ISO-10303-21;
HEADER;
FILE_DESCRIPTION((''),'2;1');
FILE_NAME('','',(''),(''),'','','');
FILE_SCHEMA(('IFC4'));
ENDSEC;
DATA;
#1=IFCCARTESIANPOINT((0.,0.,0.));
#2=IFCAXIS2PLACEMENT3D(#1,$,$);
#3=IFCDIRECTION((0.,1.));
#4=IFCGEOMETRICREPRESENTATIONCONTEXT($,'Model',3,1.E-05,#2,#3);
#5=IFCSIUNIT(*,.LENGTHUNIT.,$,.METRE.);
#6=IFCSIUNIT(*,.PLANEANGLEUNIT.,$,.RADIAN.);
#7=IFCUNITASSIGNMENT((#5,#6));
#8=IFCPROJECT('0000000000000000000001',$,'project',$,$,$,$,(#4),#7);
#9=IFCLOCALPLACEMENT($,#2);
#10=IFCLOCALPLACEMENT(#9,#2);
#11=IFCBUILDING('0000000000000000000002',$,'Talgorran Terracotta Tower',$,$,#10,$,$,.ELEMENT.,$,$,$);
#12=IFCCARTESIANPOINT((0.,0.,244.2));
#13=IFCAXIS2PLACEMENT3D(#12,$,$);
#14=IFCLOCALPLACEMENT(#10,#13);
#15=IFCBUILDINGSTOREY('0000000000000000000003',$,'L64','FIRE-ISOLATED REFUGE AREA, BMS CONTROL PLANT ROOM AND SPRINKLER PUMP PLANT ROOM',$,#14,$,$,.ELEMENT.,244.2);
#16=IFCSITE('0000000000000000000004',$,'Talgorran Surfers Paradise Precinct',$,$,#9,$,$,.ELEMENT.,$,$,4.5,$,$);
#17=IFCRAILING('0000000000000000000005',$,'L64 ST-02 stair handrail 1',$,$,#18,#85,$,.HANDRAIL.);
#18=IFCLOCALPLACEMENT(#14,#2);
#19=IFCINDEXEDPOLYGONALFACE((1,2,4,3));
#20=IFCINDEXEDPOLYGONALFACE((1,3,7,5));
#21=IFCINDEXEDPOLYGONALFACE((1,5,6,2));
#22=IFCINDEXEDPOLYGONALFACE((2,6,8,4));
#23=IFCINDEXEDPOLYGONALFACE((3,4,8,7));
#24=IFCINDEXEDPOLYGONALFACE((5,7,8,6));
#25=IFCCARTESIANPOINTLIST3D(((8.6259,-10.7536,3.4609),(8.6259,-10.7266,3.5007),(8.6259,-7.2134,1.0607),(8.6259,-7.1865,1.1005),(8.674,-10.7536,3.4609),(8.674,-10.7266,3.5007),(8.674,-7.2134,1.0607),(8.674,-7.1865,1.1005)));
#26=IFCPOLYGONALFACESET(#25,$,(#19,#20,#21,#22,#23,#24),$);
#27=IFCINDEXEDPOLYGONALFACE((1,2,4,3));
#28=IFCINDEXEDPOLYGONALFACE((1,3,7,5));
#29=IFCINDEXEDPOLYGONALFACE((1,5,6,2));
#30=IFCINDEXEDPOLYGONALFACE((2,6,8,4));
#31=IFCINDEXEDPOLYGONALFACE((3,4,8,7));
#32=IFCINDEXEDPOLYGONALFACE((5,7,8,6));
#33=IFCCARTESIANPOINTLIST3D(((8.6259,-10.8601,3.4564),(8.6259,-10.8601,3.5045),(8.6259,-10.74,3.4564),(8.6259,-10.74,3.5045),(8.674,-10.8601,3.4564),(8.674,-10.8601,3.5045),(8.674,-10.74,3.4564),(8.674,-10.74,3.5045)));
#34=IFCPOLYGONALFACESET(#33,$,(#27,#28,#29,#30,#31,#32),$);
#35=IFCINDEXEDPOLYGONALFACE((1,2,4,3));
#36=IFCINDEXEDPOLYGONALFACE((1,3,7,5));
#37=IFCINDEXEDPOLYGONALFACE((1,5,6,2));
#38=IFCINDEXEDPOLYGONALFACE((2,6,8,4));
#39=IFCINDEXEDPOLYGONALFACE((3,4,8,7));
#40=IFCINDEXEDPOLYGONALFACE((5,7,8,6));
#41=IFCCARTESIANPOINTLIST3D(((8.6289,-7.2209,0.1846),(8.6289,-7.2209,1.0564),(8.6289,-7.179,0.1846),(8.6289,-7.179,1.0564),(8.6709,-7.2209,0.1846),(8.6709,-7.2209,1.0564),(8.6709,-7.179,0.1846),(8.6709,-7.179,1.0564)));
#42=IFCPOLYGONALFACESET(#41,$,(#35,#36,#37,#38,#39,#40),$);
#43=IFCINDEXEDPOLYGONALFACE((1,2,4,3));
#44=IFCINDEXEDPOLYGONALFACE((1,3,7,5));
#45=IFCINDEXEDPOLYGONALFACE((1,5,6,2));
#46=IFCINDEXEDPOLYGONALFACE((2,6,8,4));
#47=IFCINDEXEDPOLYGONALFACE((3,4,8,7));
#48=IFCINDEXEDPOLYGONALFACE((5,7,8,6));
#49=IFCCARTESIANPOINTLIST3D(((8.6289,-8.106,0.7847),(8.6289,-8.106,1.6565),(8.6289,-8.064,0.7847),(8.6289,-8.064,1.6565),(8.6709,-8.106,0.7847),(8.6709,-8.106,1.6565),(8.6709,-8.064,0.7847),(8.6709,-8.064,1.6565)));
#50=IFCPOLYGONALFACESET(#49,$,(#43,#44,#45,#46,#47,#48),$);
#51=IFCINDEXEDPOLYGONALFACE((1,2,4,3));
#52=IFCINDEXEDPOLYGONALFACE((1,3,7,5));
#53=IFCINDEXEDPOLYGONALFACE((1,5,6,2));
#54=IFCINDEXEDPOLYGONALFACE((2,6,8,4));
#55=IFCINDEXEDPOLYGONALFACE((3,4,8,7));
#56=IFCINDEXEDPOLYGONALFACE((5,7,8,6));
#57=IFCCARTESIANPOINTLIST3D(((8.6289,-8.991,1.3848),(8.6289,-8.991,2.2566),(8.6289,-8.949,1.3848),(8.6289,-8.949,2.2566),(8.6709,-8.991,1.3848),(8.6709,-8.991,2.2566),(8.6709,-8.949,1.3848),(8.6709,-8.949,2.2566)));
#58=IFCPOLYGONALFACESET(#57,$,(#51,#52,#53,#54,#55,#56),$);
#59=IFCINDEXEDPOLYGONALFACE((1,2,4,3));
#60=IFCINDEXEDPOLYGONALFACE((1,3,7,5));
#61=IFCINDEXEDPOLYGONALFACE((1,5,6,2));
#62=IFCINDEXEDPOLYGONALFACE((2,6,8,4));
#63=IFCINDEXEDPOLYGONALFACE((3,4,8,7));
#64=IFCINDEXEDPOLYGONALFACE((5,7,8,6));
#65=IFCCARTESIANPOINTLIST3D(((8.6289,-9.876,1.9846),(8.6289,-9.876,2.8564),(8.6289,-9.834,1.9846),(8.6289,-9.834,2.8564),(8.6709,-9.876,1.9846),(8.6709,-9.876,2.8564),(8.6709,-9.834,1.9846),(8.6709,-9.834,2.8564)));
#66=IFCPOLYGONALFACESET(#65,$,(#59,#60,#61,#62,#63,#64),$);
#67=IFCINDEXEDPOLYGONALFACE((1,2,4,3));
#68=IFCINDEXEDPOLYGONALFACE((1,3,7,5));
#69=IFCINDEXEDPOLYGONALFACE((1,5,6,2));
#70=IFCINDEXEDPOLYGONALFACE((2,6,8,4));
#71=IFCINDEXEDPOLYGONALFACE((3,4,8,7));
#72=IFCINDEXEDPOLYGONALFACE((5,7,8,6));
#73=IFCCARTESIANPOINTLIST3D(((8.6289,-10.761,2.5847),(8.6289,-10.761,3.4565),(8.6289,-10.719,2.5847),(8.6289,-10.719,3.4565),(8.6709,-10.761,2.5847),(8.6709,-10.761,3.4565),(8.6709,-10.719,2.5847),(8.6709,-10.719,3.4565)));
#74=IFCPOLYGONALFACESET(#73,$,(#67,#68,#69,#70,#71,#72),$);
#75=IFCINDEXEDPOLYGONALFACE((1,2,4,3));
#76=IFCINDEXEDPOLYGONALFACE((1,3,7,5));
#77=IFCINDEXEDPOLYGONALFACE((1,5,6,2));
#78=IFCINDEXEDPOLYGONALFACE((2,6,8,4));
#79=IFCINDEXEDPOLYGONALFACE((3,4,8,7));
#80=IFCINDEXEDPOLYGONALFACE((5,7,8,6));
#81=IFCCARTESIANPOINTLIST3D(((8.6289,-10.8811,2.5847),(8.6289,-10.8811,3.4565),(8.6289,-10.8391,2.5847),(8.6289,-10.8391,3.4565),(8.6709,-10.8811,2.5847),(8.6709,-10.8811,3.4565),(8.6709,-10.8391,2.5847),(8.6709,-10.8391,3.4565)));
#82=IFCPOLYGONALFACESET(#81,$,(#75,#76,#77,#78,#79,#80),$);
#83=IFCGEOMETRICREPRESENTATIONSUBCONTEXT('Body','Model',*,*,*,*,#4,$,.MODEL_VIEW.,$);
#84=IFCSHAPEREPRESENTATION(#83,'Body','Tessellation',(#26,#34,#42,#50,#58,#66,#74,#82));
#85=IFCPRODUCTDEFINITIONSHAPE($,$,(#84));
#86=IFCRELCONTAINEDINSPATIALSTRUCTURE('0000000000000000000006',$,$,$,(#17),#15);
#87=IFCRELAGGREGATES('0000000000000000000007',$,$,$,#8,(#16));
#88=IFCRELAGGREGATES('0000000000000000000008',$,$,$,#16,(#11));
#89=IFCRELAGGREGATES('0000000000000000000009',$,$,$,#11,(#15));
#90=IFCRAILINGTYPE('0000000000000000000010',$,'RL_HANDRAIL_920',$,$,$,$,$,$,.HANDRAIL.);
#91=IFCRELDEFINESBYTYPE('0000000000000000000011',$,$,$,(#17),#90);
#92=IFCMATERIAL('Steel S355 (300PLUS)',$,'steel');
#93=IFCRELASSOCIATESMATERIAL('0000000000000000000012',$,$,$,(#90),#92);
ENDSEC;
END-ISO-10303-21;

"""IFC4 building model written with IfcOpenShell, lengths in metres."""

from ifc_helpers import new_model, si_unit, direction, frame, origin, origin_2d, place, context, subcontext, project, spatial, rectangle, extrude, material, type_object, element, save


model = new_model("IFC4")

# Units and contexts
model_context = context("Model", 3, precision=1e-05, world=origin(), true_north=direction((0.0, 1.0)))
body_context = subcontext(model_context, "Body", "Model", "MODEL_VIEW")
ifc_project = project(units=[si_unit("LENGTHUNIT", "METRE"), si_unit("PLANEANGLEUNIT", "RADIAN")], contexts=[model_context])

# Site, building, storey
site_placement = place(None, origin())
site = spatial("IfcSite", under=ifc_project, at=site_placement, Name="Talgorran Surfers Paradise Precinct", CompositionType="ELEMENT", RefElevation=4.5)
building_placement = place(site_placement, origin())
building = spatial("IfcBuilding", under=site, at=building_placement, Name="Talgorran Terracotta Tower", CompositionType="ELEMENT")
storey_placement = place(building_placement, frame((0.0, 0.0, 244.2)))
storey = spatial("IfcBuildingStorey", under=building, at=storey_placement, Name="L64", Description="FIRE-ISOLATED REFUGE AREA, BMS CONTROL PLANT ROOM AND SPRINKLER PUMP PLANT ROOM", CompositionType="ELEMENT", Elevation=244.2)

# Railing
ifc_material_1 = material(Name="Steel S355 (300PLUS)", Category="steel")
railing_type = type_object("IfcRailingType", Name="RL_HANDRAIL_920", PredefinedType="HANDRAIL", material=ifc_material_1)
railing_placement = place(storey_placement, frame((8.6499, -7.2, 0.1846)))
element("IfcRailing", 1, at=railing_placement, inside=storey, type_object=railing_type, Name="L64 ST-02 stair handrail 1", PredefinedType="HANDRAIL", context=body_context, shape_type="SweptSolid", body=[
    extrude(rectangle(XDim=0.0481, YDim=0.0481, at=origin_2d()), frame((0.0, 0.0, 0.896), z_axis=(0.0, -0.827695, 0.561178), x_axis=(1.0, 0.0, 0.0)), (0.0, 0.0, 1.0), 4.2771),
    extrude(rectangle(XDim=0.0481, YDim=0.0481, at=origin_2d()), frame((0.0, -3.54, 3.2959), z_axis=(0.0, -1.0, 0.0), x_axis=(1.0, 0.0, 0.0)), (0.0, 0.0, 1.0), 0.1201),
    extrude(rectangle(XDim=0.042, YDim=0.042, at=origin_2d()), origin(), (0.0, 0.0, 1.0), 0.8718),
    extrude(rectangle(XDim=0.042, YDim=0.042, at=origin_2d()), frame((0.0, -0.885, 0.6001)), (0.0, 0.0, 1.0), 0.8718),
    extrude(rectangle(XDim=0.042, YDim=0.042, at=origin_2d()), frame((0.0, -1.77, 1.2002)), (0.0, 0.0, 1.0), 0.8718),
    extrude(rectangle(XDim=0.042, YDim=0.042, at=origin_2d()), frame((0.0, -2.655, 1.8)), (0.0, 0.0, 1.0), 0.8718),
    extrude(rectangle(XDim=0.042, YDim=0.042, at=origin_2d()), frame((0.0, -3.54, 2.4001)), (0.0, 0.0, 1.0), 0.8718),
    extrude(rectangle(XDim=0.042, YDim=0.042, at=origin_2d()), frame((0.0, -3.6602, 2.4001)), (0.0, 0.0, 1.0), 0.8718),
])

save(model, "model.ifc")
